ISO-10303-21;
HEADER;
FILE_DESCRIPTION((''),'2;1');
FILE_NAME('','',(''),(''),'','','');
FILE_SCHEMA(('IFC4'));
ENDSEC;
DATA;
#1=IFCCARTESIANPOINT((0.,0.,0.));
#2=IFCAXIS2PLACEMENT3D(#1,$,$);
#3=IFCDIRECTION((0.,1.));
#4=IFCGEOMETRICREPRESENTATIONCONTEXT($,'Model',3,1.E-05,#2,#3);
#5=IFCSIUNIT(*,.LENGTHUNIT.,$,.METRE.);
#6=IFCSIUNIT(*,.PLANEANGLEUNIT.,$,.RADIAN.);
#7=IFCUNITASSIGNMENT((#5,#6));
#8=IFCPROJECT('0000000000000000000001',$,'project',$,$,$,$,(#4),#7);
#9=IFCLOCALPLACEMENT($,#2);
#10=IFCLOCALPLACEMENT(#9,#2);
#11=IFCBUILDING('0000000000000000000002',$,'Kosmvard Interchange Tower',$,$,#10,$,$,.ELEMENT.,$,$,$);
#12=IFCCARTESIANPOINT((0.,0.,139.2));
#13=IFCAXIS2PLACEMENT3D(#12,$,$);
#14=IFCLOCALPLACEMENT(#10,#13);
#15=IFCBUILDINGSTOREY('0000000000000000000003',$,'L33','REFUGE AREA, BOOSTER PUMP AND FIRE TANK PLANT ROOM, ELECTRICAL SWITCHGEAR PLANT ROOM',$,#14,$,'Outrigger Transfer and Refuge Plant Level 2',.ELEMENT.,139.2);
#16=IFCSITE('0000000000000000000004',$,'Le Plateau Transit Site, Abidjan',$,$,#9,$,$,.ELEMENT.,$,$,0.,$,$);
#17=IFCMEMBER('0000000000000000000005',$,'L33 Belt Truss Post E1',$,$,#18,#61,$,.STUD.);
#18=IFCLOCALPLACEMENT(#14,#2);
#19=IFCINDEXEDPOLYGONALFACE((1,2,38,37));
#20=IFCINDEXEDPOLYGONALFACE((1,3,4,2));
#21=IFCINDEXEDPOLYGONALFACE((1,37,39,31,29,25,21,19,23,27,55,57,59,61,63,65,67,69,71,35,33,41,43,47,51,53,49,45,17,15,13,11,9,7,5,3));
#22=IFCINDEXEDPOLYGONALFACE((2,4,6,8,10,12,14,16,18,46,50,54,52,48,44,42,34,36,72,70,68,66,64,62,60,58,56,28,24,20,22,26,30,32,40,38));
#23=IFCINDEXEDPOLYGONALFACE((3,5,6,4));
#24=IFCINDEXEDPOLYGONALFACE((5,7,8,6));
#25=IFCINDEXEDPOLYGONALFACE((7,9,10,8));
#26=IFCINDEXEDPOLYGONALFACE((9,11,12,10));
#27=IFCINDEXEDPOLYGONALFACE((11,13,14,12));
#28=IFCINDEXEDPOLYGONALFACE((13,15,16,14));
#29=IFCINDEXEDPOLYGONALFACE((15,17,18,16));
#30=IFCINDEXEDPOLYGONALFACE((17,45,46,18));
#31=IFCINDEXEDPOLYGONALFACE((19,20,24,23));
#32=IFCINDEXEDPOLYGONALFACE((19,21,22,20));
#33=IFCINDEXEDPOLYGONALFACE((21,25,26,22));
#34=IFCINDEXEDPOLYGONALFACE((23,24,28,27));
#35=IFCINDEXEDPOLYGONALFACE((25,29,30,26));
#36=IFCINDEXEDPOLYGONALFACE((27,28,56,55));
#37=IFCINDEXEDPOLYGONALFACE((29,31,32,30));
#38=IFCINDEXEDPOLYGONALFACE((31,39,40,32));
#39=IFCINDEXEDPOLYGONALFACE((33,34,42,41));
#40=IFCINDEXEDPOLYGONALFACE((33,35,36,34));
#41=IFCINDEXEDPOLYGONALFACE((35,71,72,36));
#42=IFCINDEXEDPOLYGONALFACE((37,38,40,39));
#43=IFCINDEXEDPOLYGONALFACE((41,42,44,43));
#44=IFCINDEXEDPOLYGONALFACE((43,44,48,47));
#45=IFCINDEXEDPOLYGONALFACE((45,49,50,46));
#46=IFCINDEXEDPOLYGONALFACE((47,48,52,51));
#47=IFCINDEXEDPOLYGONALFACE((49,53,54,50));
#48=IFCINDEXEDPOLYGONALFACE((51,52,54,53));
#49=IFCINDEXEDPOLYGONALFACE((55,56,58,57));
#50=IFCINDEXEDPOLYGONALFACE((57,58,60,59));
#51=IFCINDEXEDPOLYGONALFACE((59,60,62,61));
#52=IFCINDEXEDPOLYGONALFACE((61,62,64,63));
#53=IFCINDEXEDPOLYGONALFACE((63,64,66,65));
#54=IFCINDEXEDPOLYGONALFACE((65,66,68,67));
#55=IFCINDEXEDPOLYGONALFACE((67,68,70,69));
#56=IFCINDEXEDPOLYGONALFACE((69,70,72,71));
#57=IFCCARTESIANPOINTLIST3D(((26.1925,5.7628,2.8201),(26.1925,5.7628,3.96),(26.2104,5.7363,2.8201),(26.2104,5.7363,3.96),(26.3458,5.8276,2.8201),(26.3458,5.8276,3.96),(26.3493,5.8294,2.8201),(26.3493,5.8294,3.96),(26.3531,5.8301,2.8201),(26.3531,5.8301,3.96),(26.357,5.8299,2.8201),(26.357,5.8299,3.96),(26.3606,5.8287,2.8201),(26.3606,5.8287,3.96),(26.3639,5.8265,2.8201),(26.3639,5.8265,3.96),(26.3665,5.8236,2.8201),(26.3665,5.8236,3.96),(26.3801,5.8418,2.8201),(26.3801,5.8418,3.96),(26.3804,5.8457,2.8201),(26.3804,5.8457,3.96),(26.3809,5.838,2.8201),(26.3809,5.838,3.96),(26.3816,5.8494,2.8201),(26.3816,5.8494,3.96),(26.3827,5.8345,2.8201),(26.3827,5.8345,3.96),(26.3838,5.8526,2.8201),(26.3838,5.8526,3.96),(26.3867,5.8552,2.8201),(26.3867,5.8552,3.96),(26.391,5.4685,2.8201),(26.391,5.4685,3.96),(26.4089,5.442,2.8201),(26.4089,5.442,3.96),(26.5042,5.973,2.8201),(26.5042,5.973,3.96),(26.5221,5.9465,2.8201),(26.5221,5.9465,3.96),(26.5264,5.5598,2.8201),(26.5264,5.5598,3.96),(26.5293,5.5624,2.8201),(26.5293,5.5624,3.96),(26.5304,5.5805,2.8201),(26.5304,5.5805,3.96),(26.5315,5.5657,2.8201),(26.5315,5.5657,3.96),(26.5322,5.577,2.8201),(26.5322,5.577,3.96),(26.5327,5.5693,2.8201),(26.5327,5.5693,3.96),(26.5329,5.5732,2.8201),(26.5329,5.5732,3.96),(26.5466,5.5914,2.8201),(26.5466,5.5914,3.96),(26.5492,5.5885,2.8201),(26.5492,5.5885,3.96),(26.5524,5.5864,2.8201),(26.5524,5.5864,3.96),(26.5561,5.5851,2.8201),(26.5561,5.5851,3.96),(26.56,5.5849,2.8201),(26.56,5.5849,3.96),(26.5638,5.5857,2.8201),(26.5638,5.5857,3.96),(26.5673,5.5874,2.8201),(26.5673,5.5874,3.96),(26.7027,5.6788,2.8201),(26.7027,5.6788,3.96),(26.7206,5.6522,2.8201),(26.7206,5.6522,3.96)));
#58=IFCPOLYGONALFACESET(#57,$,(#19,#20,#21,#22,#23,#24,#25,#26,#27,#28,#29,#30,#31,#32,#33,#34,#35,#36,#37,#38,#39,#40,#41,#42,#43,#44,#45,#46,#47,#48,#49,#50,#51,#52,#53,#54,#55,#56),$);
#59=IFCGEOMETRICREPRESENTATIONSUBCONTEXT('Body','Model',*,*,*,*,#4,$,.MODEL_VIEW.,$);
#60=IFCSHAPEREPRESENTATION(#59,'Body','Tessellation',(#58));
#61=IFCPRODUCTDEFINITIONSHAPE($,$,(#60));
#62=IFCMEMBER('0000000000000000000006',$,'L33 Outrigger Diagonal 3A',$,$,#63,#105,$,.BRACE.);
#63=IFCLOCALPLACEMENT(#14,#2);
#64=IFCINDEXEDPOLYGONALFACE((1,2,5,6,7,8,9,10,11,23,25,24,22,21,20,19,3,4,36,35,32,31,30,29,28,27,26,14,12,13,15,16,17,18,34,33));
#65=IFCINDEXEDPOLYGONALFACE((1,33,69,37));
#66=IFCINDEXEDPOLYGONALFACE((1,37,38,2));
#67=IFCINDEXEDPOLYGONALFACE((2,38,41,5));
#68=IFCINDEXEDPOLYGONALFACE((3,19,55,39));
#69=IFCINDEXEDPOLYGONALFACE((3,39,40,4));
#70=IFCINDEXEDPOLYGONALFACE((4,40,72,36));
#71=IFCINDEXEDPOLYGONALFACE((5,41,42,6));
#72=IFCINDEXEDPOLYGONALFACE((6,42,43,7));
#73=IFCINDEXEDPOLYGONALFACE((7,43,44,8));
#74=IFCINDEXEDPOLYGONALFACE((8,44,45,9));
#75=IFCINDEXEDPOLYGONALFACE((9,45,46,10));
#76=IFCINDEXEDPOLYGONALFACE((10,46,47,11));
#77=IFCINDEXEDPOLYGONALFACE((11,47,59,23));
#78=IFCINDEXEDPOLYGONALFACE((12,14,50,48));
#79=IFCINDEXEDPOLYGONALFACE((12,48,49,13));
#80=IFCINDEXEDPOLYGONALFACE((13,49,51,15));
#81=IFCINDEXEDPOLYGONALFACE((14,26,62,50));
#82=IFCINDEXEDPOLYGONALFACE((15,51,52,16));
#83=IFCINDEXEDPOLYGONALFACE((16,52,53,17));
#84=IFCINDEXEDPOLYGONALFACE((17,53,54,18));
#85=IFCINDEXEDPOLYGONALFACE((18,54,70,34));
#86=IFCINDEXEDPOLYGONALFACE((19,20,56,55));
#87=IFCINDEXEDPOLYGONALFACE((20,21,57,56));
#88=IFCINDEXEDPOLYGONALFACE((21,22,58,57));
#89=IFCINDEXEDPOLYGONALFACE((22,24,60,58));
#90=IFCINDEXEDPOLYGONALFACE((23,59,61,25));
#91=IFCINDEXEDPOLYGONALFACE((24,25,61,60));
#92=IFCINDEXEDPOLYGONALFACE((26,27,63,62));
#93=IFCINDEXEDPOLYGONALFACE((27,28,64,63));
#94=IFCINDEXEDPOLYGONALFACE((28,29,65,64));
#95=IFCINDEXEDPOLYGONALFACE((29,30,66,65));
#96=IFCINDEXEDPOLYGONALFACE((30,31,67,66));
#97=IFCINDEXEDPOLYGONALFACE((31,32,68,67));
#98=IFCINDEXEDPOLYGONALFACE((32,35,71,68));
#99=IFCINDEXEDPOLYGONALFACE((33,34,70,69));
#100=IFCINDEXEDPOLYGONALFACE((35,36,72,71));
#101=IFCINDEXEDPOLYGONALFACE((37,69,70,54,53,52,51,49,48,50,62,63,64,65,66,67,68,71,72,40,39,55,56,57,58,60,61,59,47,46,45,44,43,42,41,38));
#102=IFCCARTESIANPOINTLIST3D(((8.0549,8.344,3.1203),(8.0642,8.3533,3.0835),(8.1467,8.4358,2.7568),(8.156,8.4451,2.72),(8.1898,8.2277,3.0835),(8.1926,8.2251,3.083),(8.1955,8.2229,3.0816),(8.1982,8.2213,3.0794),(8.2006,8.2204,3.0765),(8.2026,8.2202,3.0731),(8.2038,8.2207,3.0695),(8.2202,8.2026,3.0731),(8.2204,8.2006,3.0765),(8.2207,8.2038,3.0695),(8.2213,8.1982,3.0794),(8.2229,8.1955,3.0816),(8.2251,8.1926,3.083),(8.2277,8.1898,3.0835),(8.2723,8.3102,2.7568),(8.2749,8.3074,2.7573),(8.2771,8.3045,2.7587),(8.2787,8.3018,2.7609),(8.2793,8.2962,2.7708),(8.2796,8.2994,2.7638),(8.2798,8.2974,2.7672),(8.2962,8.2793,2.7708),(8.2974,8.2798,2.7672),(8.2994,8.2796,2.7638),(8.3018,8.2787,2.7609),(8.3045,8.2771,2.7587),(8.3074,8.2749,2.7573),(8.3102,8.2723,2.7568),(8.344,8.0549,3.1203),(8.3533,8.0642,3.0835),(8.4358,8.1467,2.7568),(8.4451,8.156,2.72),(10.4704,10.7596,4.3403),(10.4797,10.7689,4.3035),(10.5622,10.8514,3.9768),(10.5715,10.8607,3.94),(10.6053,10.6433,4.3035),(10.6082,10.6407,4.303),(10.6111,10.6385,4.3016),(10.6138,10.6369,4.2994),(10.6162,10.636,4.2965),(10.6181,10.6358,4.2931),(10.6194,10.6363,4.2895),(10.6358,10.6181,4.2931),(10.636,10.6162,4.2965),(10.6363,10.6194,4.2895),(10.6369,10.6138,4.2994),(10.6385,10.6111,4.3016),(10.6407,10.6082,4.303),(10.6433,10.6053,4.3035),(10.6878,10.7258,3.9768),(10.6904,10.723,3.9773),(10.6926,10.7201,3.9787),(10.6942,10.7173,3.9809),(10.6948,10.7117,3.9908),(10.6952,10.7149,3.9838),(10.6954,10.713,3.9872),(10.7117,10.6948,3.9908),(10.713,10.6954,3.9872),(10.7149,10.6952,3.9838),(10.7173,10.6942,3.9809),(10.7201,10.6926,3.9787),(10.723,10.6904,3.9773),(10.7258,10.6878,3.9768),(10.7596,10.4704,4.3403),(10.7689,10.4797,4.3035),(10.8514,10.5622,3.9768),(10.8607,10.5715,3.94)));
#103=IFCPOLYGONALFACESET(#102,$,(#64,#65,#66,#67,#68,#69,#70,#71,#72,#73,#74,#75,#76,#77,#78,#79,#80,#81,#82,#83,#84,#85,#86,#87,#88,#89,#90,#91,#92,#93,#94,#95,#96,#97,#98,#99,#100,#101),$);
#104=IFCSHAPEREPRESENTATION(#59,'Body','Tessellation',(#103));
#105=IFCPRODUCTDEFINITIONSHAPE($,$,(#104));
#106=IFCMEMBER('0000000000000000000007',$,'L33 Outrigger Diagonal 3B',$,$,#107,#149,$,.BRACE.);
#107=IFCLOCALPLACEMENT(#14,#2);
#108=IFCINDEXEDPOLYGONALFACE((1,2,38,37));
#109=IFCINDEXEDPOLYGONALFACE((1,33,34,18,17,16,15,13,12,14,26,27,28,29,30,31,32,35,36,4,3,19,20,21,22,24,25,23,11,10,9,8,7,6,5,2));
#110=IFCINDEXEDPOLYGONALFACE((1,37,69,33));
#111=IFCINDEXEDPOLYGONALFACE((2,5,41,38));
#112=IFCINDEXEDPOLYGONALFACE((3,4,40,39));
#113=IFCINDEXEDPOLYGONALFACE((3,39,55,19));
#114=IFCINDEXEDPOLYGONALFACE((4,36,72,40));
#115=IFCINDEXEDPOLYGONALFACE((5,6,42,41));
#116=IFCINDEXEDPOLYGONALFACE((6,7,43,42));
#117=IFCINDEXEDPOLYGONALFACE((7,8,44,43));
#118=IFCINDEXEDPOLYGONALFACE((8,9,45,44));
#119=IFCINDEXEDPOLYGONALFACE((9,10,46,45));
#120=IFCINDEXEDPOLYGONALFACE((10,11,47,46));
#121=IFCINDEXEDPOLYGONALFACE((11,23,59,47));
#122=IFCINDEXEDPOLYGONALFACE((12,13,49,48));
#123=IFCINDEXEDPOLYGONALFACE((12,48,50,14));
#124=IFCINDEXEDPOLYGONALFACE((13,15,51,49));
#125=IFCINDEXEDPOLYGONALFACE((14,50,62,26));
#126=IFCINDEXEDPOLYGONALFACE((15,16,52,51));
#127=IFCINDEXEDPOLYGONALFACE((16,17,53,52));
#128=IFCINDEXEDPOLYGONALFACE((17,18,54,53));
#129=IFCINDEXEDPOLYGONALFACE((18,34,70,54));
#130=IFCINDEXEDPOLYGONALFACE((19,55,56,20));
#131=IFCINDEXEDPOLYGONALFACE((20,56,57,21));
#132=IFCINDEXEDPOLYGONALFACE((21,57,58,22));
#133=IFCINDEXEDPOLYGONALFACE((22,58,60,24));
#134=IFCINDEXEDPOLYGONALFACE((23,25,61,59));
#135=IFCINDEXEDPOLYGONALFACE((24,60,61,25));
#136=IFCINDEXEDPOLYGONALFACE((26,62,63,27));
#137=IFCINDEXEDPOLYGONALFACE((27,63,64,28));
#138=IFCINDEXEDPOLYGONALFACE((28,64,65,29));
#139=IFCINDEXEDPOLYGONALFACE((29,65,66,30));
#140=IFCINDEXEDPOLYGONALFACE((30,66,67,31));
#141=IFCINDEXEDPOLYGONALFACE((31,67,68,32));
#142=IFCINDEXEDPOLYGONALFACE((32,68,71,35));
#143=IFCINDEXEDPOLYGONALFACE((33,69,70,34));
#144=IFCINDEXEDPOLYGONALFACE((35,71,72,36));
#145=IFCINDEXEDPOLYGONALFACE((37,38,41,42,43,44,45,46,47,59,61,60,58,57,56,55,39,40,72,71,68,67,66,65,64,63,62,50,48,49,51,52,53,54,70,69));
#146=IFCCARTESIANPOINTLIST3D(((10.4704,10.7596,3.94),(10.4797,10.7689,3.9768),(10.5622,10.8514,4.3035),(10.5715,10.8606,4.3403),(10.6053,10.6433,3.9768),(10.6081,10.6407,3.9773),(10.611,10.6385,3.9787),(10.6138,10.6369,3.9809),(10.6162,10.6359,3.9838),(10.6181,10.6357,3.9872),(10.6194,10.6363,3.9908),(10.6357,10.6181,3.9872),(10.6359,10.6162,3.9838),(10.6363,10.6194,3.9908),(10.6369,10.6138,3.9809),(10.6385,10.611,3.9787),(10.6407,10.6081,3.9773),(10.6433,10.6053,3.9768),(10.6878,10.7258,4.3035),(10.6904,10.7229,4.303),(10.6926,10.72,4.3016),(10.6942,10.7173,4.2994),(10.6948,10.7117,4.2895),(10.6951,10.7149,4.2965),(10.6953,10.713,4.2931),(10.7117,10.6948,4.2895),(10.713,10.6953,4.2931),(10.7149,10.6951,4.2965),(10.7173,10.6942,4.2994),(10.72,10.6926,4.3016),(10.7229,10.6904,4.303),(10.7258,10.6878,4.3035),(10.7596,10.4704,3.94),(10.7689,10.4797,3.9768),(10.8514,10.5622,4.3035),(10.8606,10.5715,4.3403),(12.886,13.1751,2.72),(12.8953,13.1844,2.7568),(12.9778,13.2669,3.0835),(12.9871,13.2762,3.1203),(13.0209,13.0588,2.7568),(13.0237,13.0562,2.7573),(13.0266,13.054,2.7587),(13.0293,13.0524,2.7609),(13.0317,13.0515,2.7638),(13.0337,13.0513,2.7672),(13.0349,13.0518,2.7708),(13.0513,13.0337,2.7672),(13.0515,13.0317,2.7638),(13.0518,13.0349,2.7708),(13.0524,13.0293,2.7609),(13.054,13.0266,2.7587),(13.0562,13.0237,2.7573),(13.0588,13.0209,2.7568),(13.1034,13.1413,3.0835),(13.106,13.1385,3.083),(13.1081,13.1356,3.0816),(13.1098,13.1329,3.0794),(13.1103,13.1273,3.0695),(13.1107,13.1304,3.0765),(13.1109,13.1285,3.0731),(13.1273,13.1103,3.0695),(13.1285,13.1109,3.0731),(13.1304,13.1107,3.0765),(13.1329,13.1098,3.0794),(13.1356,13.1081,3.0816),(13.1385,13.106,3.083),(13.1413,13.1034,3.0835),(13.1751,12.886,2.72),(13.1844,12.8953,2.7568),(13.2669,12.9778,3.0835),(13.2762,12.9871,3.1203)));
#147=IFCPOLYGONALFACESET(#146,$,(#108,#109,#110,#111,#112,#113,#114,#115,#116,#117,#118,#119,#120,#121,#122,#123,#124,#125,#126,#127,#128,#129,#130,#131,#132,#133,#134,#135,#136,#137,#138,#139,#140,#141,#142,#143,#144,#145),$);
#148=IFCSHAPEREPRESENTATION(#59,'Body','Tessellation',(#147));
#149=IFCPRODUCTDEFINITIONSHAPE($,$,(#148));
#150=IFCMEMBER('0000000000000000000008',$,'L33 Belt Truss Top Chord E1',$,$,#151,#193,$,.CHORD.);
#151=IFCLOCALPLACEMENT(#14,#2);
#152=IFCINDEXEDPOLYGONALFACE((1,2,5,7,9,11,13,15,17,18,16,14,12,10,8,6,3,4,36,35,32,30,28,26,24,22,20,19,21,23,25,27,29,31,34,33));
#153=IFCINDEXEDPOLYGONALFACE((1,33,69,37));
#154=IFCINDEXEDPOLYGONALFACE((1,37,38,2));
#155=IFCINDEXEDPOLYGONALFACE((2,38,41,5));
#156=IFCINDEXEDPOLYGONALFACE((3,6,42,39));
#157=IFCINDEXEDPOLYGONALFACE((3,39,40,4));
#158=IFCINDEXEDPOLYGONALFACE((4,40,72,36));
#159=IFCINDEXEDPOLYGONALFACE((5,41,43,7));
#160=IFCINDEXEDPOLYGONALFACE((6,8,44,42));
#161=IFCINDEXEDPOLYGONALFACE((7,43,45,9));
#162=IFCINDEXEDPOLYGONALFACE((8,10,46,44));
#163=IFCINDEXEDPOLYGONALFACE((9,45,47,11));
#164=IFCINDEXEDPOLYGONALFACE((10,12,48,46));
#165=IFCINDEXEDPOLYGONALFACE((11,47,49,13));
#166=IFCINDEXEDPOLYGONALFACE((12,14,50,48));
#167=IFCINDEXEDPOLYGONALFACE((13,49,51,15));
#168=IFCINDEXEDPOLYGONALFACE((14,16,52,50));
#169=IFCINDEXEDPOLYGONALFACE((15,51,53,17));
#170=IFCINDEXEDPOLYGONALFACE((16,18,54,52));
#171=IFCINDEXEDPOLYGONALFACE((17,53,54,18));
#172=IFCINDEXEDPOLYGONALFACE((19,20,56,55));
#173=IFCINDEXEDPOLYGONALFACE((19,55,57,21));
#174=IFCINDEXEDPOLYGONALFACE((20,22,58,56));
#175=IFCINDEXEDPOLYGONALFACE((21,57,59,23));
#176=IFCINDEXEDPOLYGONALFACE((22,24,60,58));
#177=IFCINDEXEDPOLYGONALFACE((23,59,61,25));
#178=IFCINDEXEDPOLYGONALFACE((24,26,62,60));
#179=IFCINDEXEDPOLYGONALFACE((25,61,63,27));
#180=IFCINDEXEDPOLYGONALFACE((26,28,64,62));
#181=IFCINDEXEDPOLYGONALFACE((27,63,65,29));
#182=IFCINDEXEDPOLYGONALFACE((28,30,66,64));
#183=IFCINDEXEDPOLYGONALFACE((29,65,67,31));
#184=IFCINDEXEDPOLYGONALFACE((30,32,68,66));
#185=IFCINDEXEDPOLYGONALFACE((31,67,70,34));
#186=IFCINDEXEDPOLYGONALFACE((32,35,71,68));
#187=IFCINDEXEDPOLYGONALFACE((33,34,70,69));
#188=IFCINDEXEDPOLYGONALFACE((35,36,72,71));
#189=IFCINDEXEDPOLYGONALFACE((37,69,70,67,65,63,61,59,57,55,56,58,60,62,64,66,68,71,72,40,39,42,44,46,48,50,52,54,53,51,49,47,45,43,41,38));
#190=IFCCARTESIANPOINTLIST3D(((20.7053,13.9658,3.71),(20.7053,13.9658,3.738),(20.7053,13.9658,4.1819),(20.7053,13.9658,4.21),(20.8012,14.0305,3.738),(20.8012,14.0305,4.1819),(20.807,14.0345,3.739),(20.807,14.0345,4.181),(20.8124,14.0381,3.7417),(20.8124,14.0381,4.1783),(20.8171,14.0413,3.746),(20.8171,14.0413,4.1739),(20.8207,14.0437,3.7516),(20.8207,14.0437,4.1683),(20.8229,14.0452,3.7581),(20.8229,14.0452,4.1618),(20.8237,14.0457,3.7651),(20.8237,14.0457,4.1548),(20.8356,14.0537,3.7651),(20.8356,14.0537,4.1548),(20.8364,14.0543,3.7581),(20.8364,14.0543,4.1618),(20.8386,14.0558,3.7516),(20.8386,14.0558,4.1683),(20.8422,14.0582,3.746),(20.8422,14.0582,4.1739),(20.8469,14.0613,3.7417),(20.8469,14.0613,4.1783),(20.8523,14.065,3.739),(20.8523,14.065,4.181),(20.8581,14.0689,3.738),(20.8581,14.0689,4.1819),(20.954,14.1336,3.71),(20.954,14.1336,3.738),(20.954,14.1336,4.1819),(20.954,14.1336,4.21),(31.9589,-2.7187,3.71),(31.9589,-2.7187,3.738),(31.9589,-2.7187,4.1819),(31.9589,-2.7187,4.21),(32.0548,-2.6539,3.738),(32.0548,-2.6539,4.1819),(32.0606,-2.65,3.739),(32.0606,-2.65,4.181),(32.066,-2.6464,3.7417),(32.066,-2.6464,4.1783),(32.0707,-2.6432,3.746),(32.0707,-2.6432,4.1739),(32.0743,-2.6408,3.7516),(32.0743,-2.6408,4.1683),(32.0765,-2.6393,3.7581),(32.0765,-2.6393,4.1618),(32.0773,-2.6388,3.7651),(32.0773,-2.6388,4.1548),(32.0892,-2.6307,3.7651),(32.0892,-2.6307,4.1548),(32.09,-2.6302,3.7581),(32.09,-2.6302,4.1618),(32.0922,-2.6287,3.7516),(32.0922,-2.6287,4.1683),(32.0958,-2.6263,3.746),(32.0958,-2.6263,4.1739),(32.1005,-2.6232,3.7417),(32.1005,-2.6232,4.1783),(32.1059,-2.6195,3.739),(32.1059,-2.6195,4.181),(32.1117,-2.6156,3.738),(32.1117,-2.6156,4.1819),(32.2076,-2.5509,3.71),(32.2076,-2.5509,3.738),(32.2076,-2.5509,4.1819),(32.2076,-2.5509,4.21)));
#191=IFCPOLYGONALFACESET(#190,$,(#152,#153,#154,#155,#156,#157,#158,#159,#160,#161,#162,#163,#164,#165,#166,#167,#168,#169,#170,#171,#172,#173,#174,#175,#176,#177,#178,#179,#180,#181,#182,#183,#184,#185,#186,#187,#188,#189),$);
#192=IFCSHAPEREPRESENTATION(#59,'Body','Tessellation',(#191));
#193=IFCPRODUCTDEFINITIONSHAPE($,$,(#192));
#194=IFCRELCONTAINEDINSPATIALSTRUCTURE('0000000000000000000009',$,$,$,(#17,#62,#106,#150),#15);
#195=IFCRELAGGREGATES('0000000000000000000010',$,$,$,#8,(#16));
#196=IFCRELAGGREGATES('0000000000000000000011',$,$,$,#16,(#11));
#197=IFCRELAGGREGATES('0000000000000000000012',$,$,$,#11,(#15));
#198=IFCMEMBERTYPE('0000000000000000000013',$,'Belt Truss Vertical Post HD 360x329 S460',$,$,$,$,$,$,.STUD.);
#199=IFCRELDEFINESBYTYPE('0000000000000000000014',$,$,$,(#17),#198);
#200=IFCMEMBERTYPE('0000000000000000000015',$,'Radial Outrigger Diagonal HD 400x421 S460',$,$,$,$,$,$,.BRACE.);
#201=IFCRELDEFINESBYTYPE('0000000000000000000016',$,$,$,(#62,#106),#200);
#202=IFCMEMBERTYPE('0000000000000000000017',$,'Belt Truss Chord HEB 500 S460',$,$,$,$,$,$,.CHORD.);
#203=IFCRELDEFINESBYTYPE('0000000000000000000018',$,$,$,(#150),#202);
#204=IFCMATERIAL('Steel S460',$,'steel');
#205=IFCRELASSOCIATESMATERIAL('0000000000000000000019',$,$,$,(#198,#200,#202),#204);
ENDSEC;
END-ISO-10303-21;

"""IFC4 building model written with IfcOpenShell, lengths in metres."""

from ifc_helpers import new_model, si_unit, direction, frame, origin, origin_2d, place, context, subcontext, project, spatial, i_section, extrude, source, transform, mapped, material, material_profile, profile_set, type_object, element, save


model = new_model("IFC4")

# Units and contexts
model_context = context("Model", 3, precision=1e-05, world=origin(), true_north=direction((0.0, 1.0)))
body_context = subcontext(model_context, "Body", "Model", "MODEL_VIEW")
ifc_project = project(units=[si_unit("LENGTHUNIT", "METRE"), si_unit("PLANEANGLEUNIT", "RADIAN")], contexts=[model_context])

# Site, building, storey
site_placement = place(None, origin())
site = spatial("IfcSite", under=ifc_project, at=site_placement, Name="Le Plateau Transit Site, Abidjan", CompositionType="ELEMENT", RefElevation=0.0)
building_placement = place(site_placement, origin())
building = spatial("IfcBuilding", under=site, at=building_placement, Name="Kosmvard Interchange Tower", CompositionType="ELEMENT")
storey_placement = place(building_placement, frame((0.0, 0.0, 139.2)))
storey = spatial("IfcBuildingStorey", under=building, at=storey_placement, Name="L33", Description="REFUGE AREA, BOOSTER PUMP AND FIRE TANK PLANT ROOM, ELECTRICAL SWITCHGEAR PLANT ROOM", LongName="Outrigger Transfer and Refuge Plant Level 2", CompositionType="ELEMENT", Elevation=139.2)

# Shared definitions
ifc_material_1 = material(Name="Steel S460", Category="steel")

# Members
ifc_material_profile_1 = material_profile(ifc_material_1, i_section(OverallWidth=0.376, OverallDepth=0.387, WebThickness=0.0195, FlangeThickness=0.032, FilletRadius=0.0149, at=origin_2d()), Name="HD 360x329")
ifc_profile_set_1 = profile_set([ifc_material_profile_1], Name="Steel S460")
member_type_1 = type_object("IfcMemberType", Name="Belt Truss Vertical Post HD 360x329 S460", PredefinedType="STUD", material=ifc_profile_set_1)
shared_shape_1 = source(origin(), body_context, "Body", "SweptSolid", [
    extrude(i_section(OverallWidth=0.376, OverallDepth=0.387, WebThickness=0.0195, FlangeThickness=0.032, FilletRadius=0.0149, at=origin_2d()), origin(), (0.0, 0.0, 1.0), 1.1399),
])
member_1_placement = place(storey_placement, frame((26.4565, 5.7075, 2.8201), z_axis=(0.0, 0.0, 1.0), x_axis=(0.829038, 0.559193, 0.0)))
element("IfcMember", 1, at=member_1_placement, inside=storey, type_object=member_type_1, Name="L33 Belt Truss Post E1", PredefinedType="STUD", context=body_context, shape_type="MappedRepresentation", body=[
    mapped(shared_shape_1, transform((0.0, 0.0, 0.0), scale=1.0)),
])
ifc_material_profile_2 = material_profile(ifc_material_1, i_section(OverallWidth=0.4089, OverallDepth=0.425, WebThickness=0.0239, FlangeThickness=0.0391, FilletRadius=0.0149, at=origin_2d()), Name="HD 400x421")
ifc_profile_set_2 = profile_set([ifc_material_profile_2], Name="Steel S460")
member_type_2 = type_object("IfcMemberType", Name="Radial Outrigger Diagonal HD 400x421 S460", PredefinedType="BRACE", material=ifc_profile_set_2)
shared_shape_2 = source(origin(), body_context, "Body", "SweptSolid", [
    extrude(i_section(OverallWidth=0.4089, OverallDepth=0.425, WebThickness=0.0239, FlangeThickness=0.0391, FilletRadius=0.0149, at=origin_2d()), origin(), (0.0, 0.0, 1.0), 3.6274),
])
for number, where, z_axis, x_axis, name in (
    (2, (8.25, 8.25, 2.9202), (0.665915, 0.665915, 0.336323), (-0.707107, 0.707107, 0.0), "L33 Outrigger Diagonal 3A"),
    (3, (10.6655, 10.6655, 4.1401), (0.665915, 0.665915, -0.336323), (-0.707107, 0.707107, 0.0), "L33 Outrigger Diagonal 3B"),
):
    element("IfcMember", number, at=place(storey_placement, frame(where, z_axis=z_axis, x_axis=x_axis)), inside=storey, type_object=member_type_2, Name=name, PredefinedType="BRACE", context=body_context, shape_type="MappedRepresentation", body=[
        mapped(shared_shape_2, transform((0.0, 0.0, 0.0), scale=1.0)),
    ])
ifc_material_profile_3 = material_profile(ifc_material_1, i_section(OverallWidth=0.3, OverallDepth=0.5, WebThickness=0.0144, FlangeThickness=0.0281, FilletRadius=0.0271, at=origin_2d()), Name="HEB 500")
ifc_profile_set_3 = profile_set([ifc_material_profile_3], Name="Steel S460")
member_type_3 = type_object("IfcMemberType", Name="Belt Truss Chord HEB 500 S460", PredefinedType="CHORD", material=ifc_profile_set_3)
shared_shape_3 = source(origin(), body_context, "Body", "SweptSolid", [
    extrude(i_section(OverallWidth=0.3, OverallDepth=0.5, WebThickness=0.0144, FlangeThickness=0.0281, FilletRadius=0.0271, at=origin_2d()), origin(), (0.0, 0.0, 1.0), 20.125),
])
member_2_placement = place(storey_placement, frame((32.0833, -2.6348, 3.96), z_axis=(-0.559185, 0.829043, 0.0), x_axis=(-0.829043, -0.559185, 0.0)))
element("IfcMember", 4, at=member_2_placement, inside=storey, type_object=member_type_3, Name="L33 Belt Truss Top Chord E1", PredefinedType="CHORD", context=body_context, shape_type="MappedRepresentation", body=[
    mapped(shared_shape_3, transform((0.0, 0.0, 0.0), scale=1.0)),
])

save(model, "model.ifc")
